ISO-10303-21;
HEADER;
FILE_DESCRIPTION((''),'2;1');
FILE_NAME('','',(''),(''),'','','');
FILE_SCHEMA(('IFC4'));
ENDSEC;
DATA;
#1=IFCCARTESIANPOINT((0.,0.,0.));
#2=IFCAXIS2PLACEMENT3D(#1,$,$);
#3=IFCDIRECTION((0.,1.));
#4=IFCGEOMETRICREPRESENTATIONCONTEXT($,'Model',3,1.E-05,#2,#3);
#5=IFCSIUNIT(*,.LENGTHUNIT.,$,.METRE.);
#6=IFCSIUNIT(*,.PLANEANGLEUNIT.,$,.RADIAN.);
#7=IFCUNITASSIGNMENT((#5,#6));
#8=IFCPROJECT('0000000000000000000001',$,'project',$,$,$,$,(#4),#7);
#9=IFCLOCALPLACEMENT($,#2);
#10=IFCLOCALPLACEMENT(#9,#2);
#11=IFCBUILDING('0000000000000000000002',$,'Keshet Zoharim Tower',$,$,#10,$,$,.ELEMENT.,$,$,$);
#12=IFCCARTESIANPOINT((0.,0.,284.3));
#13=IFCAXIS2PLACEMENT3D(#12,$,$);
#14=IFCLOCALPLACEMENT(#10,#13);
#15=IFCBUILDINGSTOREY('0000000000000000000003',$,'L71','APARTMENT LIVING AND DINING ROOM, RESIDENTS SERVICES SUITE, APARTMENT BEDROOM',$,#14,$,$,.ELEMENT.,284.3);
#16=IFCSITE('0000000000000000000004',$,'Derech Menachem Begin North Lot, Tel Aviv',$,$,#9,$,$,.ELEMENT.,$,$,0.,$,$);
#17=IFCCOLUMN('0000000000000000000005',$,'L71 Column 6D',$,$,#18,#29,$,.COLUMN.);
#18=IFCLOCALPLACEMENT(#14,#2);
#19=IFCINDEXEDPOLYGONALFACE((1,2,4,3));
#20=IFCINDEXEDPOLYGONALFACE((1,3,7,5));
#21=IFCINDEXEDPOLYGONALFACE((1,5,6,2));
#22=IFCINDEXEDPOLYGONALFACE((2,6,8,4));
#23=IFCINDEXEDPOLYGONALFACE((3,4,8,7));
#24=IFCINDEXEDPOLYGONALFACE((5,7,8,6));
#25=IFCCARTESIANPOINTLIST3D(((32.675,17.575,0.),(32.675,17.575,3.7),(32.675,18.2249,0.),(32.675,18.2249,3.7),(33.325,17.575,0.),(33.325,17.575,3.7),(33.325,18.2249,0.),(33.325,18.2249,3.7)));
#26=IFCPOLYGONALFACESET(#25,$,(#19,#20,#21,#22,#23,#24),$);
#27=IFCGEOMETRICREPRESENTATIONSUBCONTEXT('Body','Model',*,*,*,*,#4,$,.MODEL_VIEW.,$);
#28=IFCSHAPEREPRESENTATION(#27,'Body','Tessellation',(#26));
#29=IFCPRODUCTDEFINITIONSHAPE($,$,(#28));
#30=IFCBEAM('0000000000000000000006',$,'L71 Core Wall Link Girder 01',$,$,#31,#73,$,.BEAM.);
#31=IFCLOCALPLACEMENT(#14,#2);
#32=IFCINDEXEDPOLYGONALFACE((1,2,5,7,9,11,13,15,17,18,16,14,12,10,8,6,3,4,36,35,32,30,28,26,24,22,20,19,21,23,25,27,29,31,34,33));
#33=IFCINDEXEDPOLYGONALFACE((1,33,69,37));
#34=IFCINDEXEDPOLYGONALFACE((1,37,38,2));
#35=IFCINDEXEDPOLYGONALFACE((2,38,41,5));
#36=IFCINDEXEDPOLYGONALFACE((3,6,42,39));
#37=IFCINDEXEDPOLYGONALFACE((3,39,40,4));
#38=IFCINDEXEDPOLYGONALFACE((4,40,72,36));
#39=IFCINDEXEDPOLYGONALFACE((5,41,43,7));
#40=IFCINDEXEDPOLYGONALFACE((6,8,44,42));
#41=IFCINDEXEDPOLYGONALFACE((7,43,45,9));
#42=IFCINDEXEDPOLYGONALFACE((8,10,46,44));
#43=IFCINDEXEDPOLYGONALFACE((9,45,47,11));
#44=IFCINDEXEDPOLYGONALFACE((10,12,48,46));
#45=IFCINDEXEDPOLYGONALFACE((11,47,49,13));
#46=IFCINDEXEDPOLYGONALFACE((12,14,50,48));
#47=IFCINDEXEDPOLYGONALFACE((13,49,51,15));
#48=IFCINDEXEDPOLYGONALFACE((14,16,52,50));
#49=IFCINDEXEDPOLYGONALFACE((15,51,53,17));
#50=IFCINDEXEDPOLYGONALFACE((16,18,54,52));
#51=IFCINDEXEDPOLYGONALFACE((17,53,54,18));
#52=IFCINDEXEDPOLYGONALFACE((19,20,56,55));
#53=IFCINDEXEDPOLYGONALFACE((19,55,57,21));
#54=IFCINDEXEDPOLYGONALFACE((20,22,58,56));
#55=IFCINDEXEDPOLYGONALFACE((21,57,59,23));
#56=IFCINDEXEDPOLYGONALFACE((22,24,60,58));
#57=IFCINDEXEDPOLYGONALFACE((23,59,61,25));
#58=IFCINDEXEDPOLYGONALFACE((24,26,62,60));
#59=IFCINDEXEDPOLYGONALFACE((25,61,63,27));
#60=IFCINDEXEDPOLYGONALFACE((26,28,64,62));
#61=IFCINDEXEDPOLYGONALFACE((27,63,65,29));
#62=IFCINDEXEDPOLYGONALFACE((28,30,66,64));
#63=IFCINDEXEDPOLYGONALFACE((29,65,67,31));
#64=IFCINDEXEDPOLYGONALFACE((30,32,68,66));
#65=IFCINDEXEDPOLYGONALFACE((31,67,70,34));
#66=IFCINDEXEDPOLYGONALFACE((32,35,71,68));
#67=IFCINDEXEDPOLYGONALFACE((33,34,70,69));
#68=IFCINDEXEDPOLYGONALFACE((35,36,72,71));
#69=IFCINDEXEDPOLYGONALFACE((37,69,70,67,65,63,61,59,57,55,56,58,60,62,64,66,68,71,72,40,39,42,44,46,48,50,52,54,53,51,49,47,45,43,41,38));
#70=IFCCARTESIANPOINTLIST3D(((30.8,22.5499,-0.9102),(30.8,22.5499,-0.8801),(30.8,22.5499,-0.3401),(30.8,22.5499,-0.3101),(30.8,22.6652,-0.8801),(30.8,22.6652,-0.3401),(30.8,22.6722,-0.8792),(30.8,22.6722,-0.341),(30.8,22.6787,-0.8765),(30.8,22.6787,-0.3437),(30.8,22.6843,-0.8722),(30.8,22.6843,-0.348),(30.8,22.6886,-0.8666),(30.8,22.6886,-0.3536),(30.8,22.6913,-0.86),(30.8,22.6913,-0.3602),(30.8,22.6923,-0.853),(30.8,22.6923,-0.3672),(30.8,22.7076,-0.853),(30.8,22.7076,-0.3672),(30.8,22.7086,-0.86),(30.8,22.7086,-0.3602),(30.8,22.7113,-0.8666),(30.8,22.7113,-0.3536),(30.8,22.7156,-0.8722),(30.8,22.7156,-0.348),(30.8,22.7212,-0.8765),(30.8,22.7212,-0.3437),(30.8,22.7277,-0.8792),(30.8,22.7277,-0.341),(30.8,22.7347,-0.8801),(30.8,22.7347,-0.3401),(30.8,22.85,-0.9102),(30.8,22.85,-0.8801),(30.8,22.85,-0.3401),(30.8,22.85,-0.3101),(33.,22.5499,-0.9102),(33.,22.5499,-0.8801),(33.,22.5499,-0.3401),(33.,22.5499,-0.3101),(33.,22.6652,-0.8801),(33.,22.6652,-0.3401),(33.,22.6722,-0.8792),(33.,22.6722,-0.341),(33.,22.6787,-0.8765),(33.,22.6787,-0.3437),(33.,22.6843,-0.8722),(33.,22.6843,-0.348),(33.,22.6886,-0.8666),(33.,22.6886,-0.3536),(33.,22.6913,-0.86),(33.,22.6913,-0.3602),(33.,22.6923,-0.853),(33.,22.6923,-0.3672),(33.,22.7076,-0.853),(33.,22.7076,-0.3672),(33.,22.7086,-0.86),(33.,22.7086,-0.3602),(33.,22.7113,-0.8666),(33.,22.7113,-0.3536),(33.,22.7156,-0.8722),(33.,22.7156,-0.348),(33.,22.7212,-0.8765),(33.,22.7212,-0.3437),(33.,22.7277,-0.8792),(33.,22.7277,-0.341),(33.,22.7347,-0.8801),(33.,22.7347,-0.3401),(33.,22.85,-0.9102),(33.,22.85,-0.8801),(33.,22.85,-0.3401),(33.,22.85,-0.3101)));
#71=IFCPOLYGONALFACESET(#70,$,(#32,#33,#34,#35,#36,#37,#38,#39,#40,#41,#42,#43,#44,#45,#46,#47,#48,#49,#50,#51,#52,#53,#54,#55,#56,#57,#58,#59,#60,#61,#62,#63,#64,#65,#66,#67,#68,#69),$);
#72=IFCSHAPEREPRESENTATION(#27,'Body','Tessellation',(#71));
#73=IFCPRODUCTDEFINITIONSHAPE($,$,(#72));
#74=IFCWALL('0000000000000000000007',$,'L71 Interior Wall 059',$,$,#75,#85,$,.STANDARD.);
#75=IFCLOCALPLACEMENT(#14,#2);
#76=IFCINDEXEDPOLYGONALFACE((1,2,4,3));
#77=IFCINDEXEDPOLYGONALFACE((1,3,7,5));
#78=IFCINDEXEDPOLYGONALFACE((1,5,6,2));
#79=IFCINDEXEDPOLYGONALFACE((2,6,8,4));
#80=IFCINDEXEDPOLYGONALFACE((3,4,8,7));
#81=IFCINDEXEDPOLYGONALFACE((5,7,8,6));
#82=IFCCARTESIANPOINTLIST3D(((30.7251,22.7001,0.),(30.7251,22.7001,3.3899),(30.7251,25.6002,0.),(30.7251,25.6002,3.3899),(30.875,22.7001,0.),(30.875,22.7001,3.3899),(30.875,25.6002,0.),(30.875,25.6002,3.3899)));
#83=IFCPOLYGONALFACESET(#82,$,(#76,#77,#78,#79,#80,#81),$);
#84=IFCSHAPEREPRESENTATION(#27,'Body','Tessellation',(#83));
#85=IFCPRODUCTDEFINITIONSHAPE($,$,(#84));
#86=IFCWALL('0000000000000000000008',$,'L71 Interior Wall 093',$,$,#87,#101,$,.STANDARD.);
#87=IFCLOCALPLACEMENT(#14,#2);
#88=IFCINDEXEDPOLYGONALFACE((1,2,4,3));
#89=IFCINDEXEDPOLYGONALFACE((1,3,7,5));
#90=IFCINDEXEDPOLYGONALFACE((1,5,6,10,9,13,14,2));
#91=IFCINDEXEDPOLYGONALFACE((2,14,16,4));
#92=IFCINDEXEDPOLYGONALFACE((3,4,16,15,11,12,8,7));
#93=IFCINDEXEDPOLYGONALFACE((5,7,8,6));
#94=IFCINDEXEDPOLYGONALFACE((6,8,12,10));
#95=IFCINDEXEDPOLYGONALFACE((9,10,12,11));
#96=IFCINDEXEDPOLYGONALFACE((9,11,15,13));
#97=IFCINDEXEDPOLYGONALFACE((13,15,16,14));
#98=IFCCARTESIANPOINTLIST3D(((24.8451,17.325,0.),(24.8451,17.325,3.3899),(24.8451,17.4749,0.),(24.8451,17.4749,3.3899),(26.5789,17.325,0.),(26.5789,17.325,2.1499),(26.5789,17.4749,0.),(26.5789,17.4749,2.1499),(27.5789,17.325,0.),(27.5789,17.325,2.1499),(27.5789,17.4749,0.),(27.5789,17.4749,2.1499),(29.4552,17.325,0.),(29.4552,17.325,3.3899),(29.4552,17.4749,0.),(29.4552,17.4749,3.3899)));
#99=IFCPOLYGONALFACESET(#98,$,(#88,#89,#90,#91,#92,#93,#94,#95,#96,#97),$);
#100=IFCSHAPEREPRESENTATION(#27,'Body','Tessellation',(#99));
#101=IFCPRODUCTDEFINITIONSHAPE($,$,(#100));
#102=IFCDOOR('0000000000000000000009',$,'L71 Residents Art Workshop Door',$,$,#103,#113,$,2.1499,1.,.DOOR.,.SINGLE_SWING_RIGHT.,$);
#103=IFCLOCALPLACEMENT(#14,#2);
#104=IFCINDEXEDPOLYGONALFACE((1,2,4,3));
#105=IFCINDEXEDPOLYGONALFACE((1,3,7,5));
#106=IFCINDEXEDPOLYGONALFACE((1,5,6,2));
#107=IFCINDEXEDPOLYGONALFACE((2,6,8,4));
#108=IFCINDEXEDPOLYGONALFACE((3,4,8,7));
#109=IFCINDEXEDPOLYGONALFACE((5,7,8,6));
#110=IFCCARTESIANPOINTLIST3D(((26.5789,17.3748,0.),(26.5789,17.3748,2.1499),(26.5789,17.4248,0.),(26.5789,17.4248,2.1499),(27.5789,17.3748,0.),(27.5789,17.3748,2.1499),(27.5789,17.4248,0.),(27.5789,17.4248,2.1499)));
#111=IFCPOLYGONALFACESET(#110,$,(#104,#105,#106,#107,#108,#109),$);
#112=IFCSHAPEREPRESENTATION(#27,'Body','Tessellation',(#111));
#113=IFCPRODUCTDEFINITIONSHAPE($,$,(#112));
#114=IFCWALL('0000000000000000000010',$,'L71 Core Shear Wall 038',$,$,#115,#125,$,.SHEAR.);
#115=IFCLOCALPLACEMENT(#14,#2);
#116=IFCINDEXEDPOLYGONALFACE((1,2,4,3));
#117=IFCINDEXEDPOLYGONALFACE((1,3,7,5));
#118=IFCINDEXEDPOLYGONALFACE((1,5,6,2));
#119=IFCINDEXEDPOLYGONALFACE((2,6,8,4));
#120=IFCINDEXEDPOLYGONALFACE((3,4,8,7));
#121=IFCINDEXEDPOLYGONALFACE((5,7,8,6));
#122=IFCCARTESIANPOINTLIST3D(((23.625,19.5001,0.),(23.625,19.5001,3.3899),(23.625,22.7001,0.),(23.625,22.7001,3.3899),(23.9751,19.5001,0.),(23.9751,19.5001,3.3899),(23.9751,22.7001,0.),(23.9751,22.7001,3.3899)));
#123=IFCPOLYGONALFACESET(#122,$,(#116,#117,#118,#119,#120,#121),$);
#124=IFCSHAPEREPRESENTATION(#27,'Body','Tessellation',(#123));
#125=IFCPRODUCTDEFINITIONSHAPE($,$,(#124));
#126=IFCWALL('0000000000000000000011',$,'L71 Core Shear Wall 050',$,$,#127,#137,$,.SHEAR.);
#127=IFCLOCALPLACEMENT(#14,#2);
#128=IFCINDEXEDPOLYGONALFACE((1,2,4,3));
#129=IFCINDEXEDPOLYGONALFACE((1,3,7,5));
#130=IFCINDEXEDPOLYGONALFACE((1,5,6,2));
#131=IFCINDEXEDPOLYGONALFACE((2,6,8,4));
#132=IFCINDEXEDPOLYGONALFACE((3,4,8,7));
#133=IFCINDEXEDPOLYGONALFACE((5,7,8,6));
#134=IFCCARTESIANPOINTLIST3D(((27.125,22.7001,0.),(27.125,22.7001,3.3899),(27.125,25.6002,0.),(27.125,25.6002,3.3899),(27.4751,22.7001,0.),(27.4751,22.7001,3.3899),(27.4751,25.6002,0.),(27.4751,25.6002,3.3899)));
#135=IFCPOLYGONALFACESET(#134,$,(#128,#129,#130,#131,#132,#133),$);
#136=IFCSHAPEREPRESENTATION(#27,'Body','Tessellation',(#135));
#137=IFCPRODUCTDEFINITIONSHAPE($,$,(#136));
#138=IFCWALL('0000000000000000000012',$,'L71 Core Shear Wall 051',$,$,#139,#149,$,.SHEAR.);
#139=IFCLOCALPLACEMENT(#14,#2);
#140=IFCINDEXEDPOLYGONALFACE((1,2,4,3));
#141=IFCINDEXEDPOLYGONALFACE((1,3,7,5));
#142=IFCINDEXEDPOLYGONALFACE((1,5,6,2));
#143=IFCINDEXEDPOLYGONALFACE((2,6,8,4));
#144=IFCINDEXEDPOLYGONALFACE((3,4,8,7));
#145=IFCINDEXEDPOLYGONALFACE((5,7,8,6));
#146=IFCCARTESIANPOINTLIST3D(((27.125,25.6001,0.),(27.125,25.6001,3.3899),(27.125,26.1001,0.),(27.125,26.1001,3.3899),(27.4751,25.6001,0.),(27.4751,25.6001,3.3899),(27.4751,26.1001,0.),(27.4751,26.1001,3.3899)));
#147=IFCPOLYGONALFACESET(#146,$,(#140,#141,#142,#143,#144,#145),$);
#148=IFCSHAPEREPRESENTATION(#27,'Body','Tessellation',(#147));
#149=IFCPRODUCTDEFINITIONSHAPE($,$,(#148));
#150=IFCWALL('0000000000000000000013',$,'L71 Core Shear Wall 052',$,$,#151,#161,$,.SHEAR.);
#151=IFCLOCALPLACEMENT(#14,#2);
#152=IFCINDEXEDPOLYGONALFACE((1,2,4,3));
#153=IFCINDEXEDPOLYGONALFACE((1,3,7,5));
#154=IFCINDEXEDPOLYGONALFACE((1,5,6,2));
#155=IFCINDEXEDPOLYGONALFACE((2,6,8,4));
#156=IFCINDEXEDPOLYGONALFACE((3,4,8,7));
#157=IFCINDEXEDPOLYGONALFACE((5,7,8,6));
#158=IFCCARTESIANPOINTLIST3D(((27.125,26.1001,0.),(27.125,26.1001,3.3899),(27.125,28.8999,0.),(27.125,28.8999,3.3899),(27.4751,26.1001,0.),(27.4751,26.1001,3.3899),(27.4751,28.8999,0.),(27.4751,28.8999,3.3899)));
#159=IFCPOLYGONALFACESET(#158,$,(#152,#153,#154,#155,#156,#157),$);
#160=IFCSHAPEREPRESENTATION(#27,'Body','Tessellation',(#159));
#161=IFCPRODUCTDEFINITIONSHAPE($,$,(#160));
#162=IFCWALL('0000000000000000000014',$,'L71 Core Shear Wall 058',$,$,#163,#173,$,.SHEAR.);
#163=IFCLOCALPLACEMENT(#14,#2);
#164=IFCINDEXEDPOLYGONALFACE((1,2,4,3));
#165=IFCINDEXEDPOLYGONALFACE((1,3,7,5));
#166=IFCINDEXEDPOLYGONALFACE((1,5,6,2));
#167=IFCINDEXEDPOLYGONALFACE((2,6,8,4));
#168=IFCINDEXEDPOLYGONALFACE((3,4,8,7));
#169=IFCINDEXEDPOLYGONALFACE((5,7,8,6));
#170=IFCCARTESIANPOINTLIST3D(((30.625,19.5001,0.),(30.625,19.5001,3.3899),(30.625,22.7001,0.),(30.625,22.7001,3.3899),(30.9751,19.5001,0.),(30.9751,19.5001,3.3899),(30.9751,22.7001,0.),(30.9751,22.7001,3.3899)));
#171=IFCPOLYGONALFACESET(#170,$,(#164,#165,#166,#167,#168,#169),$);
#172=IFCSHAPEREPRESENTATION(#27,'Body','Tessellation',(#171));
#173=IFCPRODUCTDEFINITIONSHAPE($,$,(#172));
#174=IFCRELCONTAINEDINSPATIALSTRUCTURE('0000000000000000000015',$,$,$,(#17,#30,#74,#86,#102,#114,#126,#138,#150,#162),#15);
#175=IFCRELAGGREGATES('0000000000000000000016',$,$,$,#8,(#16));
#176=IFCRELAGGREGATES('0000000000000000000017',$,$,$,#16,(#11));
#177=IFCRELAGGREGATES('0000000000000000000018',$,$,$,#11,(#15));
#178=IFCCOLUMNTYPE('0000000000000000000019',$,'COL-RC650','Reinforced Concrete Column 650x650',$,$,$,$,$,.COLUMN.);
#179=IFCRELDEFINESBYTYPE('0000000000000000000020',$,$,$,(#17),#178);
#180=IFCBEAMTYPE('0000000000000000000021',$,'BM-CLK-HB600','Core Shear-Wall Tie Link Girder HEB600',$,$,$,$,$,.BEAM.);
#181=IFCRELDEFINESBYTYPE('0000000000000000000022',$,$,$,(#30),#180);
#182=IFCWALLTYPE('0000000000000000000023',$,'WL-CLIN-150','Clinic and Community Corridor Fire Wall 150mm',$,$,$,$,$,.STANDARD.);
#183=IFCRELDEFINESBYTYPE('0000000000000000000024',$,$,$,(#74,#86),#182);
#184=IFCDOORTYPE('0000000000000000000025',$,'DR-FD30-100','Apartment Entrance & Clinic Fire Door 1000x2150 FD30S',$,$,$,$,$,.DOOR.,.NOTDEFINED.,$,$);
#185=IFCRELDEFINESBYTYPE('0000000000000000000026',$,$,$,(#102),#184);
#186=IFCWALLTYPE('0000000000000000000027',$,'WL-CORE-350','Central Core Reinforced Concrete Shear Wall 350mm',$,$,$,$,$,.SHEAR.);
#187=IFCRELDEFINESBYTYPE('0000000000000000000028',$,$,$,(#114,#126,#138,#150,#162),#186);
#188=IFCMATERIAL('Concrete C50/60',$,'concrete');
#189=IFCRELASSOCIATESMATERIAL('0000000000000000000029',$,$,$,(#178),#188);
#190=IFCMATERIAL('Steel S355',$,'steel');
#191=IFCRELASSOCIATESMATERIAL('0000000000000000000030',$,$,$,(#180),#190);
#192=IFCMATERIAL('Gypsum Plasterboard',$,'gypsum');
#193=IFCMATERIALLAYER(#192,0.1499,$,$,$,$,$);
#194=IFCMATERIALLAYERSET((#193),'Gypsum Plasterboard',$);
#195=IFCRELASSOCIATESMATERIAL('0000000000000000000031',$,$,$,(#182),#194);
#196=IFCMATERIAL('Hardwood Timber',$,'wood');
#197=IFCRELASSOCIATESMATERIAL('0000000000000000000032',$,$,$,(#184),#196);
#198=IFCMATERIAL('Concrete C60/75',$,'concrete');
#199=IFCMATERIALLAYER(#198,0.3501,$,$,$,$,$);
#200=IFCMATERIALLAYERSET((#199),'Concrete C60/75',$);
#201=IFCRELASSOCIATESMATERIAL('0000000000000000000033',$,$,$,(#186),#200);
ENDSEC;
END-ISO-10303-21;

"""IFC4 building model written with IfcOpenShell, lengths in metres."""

from ifc_helpers import new_model, si_unit, direction, frame, frame_2d, origin, origin_2d, place, context, subcontext, project, spatial, rectangle, i_section, extrude, material, layer, layer_set, material_profile, profile_set, type_object, element, fill, save


model = new_model("IFC4")

# Units and contexts
model_context = context("Model", 3, precision=1e-05, world=origin(), true_north=direction((0.0, 1.0)))
body_context = subcontext(model_context, "Body", "Model", "MODEL_VIEW")
ifc_project = project(units=[si_unit("LENGTHUNIT", "METRE"), si_unit("PLANEANGLEUNIT", "RADIAN")], contexts=[model_context])

# Site, building, storey
site_placement = place(None, origin())
site = spatial("IfcSite", under=ifc_project, at=site_placement, Name="Derech Menachem Begin North Lot, Tel Aviv", CompositionType="ELEMENT", RefElevation=0.0)
building_placement = place(site_placement, origin())
building = spatial("IfcBuilding", under=site, at=building_placement, Name="Keshet Zoharim Tower", CompositionType="ELEMENT")
storey_placement = place(building_placement, frame((0.0, 0.0, 284.3)))
storey = spatial("IfcBuildingStorey", under=building, at=storey_placement, Name="L71", Description="APARTMENT LIVING AND DINING ROOM, RESIDENTS SERVICES SUITE, APARTMENT BEDROOM", CompositionType="ELEMENT", Elevation=284.3)

# Column
ifc_material_1 = material(Name="Concrete C50/60", Category="concrete")
ifc_material_profile_1 = material_profile(ifc_material_1, rectangle(XDim=0.6499, YDim=0.6499, at=origin_2d()), Name="RC650x650")
ifc_profile_set_1 = profile_set([ifc_material_profile_1], Name="Concrete C50/60")
column_type = type_object("IfcColumnType", Name="COL-RC650", Description="Reinforced Concrete Column 650x650", PredefinedType="COLUMN", material=ifc_profile_set_1)
column_placement = place(storey_placement, frame((33.0, 17.8999, 0.0), z_axis=(0.0, 0.0, 1.0), x_axis=(1.0, 0.0, 0.0)))
element("IfcColumn", 1, at=column_placement, inside=storey, type_object=column_type, Name="L71 Column 6D", PredefinedType="COLUMN", context=body_context, shape_type="SweptSolid", body=[
    extrude(rectangle(XDim=0.6499, YDim=0.6499, at=origin_2d()), origin(), (0.0, 0.0, 1.0), 3.7),
])

# Beam
ifc_material_2 = material(Name="Steel S355", Category="steel")
ifc_material_profile_2 = material_profile(ifc_material_2, i_section(OverallWidth=0.3, OverallDepth=0.6001, WebThickness=0.0154, FlangeThickness=0.03, FilletRadius=0.0271, at=origin_2d()), Name="HEB600")
ifc_profile_set_2 = profile_set([ifc_material_profile_2], Name="Steel S355")
beam_type = type_object("IfcBeamType", Name="BM-CLK-HB600", Description="Core Shear-Wall Tie Link Girder HEB600", PredefinedType="BEAM", material=ifc_profile_set_2)
beam_placement = place(storey_placement, frame((30.8, 22.7, -0.6101), z_axis=(1.0, 0.0, 0.0), x_axis=(0.0, 1.0, 0.0)))
element("IfcBeam", 2, at=beam_placement, inside=storey, type_object=beam_type, Name="L71 Core Wall Link Girder 01", PredefinedType="BEAM", context=body_context, shape_type="SweptSolid", body=[
    extrude(i_section(OverallWidth=0.3, OverallDepth=0.6001, WebThickness=0.0154, FlangeThickness=0.03, FilletRadius=0.0271, at=origin_2d()), origin(), (0.0, 0.0, 1.0), 2.2),
])

# Wall
ifc_material_3 = material(Name="Gypsum Plasterboard", Category="gypsum")
ifc_layer_1 = layer(ifc_material_3, 0.1499)
ifc_layer_set_1 = layer_set([ifc_layer_1], Name="Gypsum Plasterboard")
wall_type_1 = type_object("IfcWallType", Name="WL-CLIN-150", Description="Clinic and Community Corridor Fire Wall 150mm", PredefinedType="STANDARD", material=ifc_layer_set_1)
wall_1_placement = place(storey_placement, frame((30.8, 22.7, 0.0), z_axis=(0.0, 0.0, 1.0), x_axis=(0.0, 1.0, 0.0)))
element("IfcWall", 3, at=wall_1_placement, inside=storey, type_object=wall_type_1, Name="L71 Interior Wall 059", PredefinedType="STANDARD", context=body_context, shape_type="SweptSolid", body=[
    extrude(rectangle(XDim=2.9001, YDim=0.1499, at=frame_2d((1.4502, 0.0))), origin(), (0.0, 0.0, 1.0), 3.3899),
])

# Wall, opening, door
wall_2_placement = place(storey_placement, frame((24.845, 17.3999, 0.0), z_axis=(0.0, 0.0, 1.0), x_axis=(1.0, 0.0, 0.0)))
wall_2 = element("IfcWall", 4, at=wall_2_placement, inside=storey, type_object=wall_type_1, Name="L71 Interior Wall 093", PredefinedType="STANDARD", context=body_context, shape_type="SweptSolid", body=[
    extrude(rectangle(XDim=4.6101, YDim=0.1499, at=frame_2d((2.3052, 0.0))), origin(), (0.0, 0.0, 1.0), 3.3899),
])
opening_1_placement = place(wall_2_placement, frame((1.7339, 0.0, 0.0)))
opening_1 = element("IfcOpeningElement", 5, at=opening_1_placement, cuts=wall_2, PredefinedType="OPENING", context=body_context, shape_type="SweptSolid", body=[
    extrude(rectangle(XDim=1.0, YDim=2.1499, at=frame_2d((0.5, 1.075))), frame((0.0, 0.085, 0.0), z_axis=(0.0, -1.0, 0.0), x_axis=(1.0, 0.0, 0.0)), (0.0, 0.0, 1.0), 0.1699),
])
ifc_material_4 = material(Name="Hardwood Timber", Category="wood")
door_type_1 = type_object("IfcDoorType", Name="DR-FD30-100", Description="Apartment Entrance & Clinic Fire Door 1000x2150 FD30S", OperationType="NOTDEFINED", PredefinedType="DOOR", material=ifc_material_4)
door_1_placement = place(opening_1_placement, origin())
door_1 = element("IfcDoor", 6, at=door_1_placement, inside=storey, type_object=door_type_1, Name="L71 Residents Art Workshop Door", OperationType="SINGLE_SWING_RIGHT", OverallHeight=2.1499, OverallWidth=1.0, PredefinedType="DOOR", context=body_context, shape_type="SweptSolid", body=[
    extrude(rectangle(XDim=1.0, YDim=2.1499, at=frame_2d((0.5, 1.075))), frame((0.0, 0.0249, 0.0), z_axis=(0.0, -1.0, 0.0), x_axis=(1.0, 0.0, 0.0)), (0.0, 0.0, 1.0), 0.05),
])
fill(opening_1, door_1)

# Wall
ifc_material_5 = material(Name="Concrete C60/75", Category="concrete")
ifc_layer_2 = layer(ifc_material_5, 0.3501)
ifc_layer_set_2 = layer_set([ifc_layer_2], Name="Concrete C60/75")
wall_type_2 = type_object("IfcWallType", Name="WL-CORE-350", Description="Central Core Reinforced Concrete Shear Wall 350mm", PredefinedType="SHEAR", material=ifc_layer_set_2)
wall_3_placement = place(storey_placement, frame((23.8, 19.5, 0.0), z_axis=(0.0, 0.0, 1.0), x_axis=(0.0, 1.0, 0.0)))
element("IfcWall", 7, at=wall_3_placement, inside=storey, type_object=wall_type_2, Name="L71 Core Shear Wall 038", PredefinedType="SHEAR", context=body_context, shape_type="SweptSolid", body=[
    extrude(rectangle(XDim=3.2, YDim=0.3501, at=frame_2d((1.6001, 0.0))), origin(), (0.0, 0.0, 1.0), 3.3899),
])

# Walls
wall_4_placement = place(storey_placement, frame((27.3, 22.7, 0.0), z_axis=(0.0, 0.0, 1.0), x_axis=(0.0, 1.0, 0.0)))
element("IfcWall", 8, at=wall_4_placement, inside=storey, type_object=wall_type_2, Name="L71 Core Shear Wall 050", PredefinedType="SHEAR", context=body_context, shape_type="SweptSolid", body=[
    extrude(rectangle(XDim=2.9001, YDim=0.3501, at=frame_2d((1.4502, 0.0))), origin(), (0.0, 0.0, 1.0), 3.3899),
])
wall_5_placement = place(storey_placement, frame((27.3, 25.6001, 0.0), z_axis=(0.0, 0.0, 1.0), x_axis=(0.0, 1.0, 0.0)))
element("IfcWall", 9, at=wall_5_placement, inside=storey, type_object=wall_type_2, Name="L71 Core Shear Wall 051", PredefinedType="SHEAR", context=body_context, shape_type="SweptSolid", body=[
    extrude(rectangle(XDim=0.5, YDim=0.3501, at=frame_2d((0.25, 0.0))), origin(), (0.0, 0.0, 1.0), 3.3899),
])
wall_6_placement = place(storey_placement, frame((27.3, 26.1001, 0.0), z_axis=(0.0, 0.0, 1.0), x_axis=(0.0, 1.0, 0.0)))
element("IfcWall", 10, at=wall_6_placement, inside=storey, type_object=wall_type_2, Name="L71 Core Shear Wall 052", PredefinedType="SHEAR", context=body_context, shape_type="SweptSolid", body=[
    extrude(rectangle(XDim=2.7998, YDim=0.3501, at=frame_2d((1.3999, 0.0))), origin(), (0.0, 0.0, 1.0), 3.3899),
])
wall_7_placement = place(storey_placement, frame((30.8, 19.5, 0.0), z_axis=(0.0, 0.0, 1.0), x_axis=(0.0, 1.0, 0.0)))
element("IfcWall", 11, at=wall_7_placement, inside=storey, type_object=wall_type_2, Name="L71 Core Shear Wall 058", PredefinedType="SHEAR", context=body_context, shape_type="SweptSolid", body=[
    extrude(rectangle(XDim=3.2, YDim=0.3501, at=frame_2d((1.6001, 0.0))), origin(), (0.0, 0.0, 1.0), 3.3899),
])

save(model, "model.ifc")
